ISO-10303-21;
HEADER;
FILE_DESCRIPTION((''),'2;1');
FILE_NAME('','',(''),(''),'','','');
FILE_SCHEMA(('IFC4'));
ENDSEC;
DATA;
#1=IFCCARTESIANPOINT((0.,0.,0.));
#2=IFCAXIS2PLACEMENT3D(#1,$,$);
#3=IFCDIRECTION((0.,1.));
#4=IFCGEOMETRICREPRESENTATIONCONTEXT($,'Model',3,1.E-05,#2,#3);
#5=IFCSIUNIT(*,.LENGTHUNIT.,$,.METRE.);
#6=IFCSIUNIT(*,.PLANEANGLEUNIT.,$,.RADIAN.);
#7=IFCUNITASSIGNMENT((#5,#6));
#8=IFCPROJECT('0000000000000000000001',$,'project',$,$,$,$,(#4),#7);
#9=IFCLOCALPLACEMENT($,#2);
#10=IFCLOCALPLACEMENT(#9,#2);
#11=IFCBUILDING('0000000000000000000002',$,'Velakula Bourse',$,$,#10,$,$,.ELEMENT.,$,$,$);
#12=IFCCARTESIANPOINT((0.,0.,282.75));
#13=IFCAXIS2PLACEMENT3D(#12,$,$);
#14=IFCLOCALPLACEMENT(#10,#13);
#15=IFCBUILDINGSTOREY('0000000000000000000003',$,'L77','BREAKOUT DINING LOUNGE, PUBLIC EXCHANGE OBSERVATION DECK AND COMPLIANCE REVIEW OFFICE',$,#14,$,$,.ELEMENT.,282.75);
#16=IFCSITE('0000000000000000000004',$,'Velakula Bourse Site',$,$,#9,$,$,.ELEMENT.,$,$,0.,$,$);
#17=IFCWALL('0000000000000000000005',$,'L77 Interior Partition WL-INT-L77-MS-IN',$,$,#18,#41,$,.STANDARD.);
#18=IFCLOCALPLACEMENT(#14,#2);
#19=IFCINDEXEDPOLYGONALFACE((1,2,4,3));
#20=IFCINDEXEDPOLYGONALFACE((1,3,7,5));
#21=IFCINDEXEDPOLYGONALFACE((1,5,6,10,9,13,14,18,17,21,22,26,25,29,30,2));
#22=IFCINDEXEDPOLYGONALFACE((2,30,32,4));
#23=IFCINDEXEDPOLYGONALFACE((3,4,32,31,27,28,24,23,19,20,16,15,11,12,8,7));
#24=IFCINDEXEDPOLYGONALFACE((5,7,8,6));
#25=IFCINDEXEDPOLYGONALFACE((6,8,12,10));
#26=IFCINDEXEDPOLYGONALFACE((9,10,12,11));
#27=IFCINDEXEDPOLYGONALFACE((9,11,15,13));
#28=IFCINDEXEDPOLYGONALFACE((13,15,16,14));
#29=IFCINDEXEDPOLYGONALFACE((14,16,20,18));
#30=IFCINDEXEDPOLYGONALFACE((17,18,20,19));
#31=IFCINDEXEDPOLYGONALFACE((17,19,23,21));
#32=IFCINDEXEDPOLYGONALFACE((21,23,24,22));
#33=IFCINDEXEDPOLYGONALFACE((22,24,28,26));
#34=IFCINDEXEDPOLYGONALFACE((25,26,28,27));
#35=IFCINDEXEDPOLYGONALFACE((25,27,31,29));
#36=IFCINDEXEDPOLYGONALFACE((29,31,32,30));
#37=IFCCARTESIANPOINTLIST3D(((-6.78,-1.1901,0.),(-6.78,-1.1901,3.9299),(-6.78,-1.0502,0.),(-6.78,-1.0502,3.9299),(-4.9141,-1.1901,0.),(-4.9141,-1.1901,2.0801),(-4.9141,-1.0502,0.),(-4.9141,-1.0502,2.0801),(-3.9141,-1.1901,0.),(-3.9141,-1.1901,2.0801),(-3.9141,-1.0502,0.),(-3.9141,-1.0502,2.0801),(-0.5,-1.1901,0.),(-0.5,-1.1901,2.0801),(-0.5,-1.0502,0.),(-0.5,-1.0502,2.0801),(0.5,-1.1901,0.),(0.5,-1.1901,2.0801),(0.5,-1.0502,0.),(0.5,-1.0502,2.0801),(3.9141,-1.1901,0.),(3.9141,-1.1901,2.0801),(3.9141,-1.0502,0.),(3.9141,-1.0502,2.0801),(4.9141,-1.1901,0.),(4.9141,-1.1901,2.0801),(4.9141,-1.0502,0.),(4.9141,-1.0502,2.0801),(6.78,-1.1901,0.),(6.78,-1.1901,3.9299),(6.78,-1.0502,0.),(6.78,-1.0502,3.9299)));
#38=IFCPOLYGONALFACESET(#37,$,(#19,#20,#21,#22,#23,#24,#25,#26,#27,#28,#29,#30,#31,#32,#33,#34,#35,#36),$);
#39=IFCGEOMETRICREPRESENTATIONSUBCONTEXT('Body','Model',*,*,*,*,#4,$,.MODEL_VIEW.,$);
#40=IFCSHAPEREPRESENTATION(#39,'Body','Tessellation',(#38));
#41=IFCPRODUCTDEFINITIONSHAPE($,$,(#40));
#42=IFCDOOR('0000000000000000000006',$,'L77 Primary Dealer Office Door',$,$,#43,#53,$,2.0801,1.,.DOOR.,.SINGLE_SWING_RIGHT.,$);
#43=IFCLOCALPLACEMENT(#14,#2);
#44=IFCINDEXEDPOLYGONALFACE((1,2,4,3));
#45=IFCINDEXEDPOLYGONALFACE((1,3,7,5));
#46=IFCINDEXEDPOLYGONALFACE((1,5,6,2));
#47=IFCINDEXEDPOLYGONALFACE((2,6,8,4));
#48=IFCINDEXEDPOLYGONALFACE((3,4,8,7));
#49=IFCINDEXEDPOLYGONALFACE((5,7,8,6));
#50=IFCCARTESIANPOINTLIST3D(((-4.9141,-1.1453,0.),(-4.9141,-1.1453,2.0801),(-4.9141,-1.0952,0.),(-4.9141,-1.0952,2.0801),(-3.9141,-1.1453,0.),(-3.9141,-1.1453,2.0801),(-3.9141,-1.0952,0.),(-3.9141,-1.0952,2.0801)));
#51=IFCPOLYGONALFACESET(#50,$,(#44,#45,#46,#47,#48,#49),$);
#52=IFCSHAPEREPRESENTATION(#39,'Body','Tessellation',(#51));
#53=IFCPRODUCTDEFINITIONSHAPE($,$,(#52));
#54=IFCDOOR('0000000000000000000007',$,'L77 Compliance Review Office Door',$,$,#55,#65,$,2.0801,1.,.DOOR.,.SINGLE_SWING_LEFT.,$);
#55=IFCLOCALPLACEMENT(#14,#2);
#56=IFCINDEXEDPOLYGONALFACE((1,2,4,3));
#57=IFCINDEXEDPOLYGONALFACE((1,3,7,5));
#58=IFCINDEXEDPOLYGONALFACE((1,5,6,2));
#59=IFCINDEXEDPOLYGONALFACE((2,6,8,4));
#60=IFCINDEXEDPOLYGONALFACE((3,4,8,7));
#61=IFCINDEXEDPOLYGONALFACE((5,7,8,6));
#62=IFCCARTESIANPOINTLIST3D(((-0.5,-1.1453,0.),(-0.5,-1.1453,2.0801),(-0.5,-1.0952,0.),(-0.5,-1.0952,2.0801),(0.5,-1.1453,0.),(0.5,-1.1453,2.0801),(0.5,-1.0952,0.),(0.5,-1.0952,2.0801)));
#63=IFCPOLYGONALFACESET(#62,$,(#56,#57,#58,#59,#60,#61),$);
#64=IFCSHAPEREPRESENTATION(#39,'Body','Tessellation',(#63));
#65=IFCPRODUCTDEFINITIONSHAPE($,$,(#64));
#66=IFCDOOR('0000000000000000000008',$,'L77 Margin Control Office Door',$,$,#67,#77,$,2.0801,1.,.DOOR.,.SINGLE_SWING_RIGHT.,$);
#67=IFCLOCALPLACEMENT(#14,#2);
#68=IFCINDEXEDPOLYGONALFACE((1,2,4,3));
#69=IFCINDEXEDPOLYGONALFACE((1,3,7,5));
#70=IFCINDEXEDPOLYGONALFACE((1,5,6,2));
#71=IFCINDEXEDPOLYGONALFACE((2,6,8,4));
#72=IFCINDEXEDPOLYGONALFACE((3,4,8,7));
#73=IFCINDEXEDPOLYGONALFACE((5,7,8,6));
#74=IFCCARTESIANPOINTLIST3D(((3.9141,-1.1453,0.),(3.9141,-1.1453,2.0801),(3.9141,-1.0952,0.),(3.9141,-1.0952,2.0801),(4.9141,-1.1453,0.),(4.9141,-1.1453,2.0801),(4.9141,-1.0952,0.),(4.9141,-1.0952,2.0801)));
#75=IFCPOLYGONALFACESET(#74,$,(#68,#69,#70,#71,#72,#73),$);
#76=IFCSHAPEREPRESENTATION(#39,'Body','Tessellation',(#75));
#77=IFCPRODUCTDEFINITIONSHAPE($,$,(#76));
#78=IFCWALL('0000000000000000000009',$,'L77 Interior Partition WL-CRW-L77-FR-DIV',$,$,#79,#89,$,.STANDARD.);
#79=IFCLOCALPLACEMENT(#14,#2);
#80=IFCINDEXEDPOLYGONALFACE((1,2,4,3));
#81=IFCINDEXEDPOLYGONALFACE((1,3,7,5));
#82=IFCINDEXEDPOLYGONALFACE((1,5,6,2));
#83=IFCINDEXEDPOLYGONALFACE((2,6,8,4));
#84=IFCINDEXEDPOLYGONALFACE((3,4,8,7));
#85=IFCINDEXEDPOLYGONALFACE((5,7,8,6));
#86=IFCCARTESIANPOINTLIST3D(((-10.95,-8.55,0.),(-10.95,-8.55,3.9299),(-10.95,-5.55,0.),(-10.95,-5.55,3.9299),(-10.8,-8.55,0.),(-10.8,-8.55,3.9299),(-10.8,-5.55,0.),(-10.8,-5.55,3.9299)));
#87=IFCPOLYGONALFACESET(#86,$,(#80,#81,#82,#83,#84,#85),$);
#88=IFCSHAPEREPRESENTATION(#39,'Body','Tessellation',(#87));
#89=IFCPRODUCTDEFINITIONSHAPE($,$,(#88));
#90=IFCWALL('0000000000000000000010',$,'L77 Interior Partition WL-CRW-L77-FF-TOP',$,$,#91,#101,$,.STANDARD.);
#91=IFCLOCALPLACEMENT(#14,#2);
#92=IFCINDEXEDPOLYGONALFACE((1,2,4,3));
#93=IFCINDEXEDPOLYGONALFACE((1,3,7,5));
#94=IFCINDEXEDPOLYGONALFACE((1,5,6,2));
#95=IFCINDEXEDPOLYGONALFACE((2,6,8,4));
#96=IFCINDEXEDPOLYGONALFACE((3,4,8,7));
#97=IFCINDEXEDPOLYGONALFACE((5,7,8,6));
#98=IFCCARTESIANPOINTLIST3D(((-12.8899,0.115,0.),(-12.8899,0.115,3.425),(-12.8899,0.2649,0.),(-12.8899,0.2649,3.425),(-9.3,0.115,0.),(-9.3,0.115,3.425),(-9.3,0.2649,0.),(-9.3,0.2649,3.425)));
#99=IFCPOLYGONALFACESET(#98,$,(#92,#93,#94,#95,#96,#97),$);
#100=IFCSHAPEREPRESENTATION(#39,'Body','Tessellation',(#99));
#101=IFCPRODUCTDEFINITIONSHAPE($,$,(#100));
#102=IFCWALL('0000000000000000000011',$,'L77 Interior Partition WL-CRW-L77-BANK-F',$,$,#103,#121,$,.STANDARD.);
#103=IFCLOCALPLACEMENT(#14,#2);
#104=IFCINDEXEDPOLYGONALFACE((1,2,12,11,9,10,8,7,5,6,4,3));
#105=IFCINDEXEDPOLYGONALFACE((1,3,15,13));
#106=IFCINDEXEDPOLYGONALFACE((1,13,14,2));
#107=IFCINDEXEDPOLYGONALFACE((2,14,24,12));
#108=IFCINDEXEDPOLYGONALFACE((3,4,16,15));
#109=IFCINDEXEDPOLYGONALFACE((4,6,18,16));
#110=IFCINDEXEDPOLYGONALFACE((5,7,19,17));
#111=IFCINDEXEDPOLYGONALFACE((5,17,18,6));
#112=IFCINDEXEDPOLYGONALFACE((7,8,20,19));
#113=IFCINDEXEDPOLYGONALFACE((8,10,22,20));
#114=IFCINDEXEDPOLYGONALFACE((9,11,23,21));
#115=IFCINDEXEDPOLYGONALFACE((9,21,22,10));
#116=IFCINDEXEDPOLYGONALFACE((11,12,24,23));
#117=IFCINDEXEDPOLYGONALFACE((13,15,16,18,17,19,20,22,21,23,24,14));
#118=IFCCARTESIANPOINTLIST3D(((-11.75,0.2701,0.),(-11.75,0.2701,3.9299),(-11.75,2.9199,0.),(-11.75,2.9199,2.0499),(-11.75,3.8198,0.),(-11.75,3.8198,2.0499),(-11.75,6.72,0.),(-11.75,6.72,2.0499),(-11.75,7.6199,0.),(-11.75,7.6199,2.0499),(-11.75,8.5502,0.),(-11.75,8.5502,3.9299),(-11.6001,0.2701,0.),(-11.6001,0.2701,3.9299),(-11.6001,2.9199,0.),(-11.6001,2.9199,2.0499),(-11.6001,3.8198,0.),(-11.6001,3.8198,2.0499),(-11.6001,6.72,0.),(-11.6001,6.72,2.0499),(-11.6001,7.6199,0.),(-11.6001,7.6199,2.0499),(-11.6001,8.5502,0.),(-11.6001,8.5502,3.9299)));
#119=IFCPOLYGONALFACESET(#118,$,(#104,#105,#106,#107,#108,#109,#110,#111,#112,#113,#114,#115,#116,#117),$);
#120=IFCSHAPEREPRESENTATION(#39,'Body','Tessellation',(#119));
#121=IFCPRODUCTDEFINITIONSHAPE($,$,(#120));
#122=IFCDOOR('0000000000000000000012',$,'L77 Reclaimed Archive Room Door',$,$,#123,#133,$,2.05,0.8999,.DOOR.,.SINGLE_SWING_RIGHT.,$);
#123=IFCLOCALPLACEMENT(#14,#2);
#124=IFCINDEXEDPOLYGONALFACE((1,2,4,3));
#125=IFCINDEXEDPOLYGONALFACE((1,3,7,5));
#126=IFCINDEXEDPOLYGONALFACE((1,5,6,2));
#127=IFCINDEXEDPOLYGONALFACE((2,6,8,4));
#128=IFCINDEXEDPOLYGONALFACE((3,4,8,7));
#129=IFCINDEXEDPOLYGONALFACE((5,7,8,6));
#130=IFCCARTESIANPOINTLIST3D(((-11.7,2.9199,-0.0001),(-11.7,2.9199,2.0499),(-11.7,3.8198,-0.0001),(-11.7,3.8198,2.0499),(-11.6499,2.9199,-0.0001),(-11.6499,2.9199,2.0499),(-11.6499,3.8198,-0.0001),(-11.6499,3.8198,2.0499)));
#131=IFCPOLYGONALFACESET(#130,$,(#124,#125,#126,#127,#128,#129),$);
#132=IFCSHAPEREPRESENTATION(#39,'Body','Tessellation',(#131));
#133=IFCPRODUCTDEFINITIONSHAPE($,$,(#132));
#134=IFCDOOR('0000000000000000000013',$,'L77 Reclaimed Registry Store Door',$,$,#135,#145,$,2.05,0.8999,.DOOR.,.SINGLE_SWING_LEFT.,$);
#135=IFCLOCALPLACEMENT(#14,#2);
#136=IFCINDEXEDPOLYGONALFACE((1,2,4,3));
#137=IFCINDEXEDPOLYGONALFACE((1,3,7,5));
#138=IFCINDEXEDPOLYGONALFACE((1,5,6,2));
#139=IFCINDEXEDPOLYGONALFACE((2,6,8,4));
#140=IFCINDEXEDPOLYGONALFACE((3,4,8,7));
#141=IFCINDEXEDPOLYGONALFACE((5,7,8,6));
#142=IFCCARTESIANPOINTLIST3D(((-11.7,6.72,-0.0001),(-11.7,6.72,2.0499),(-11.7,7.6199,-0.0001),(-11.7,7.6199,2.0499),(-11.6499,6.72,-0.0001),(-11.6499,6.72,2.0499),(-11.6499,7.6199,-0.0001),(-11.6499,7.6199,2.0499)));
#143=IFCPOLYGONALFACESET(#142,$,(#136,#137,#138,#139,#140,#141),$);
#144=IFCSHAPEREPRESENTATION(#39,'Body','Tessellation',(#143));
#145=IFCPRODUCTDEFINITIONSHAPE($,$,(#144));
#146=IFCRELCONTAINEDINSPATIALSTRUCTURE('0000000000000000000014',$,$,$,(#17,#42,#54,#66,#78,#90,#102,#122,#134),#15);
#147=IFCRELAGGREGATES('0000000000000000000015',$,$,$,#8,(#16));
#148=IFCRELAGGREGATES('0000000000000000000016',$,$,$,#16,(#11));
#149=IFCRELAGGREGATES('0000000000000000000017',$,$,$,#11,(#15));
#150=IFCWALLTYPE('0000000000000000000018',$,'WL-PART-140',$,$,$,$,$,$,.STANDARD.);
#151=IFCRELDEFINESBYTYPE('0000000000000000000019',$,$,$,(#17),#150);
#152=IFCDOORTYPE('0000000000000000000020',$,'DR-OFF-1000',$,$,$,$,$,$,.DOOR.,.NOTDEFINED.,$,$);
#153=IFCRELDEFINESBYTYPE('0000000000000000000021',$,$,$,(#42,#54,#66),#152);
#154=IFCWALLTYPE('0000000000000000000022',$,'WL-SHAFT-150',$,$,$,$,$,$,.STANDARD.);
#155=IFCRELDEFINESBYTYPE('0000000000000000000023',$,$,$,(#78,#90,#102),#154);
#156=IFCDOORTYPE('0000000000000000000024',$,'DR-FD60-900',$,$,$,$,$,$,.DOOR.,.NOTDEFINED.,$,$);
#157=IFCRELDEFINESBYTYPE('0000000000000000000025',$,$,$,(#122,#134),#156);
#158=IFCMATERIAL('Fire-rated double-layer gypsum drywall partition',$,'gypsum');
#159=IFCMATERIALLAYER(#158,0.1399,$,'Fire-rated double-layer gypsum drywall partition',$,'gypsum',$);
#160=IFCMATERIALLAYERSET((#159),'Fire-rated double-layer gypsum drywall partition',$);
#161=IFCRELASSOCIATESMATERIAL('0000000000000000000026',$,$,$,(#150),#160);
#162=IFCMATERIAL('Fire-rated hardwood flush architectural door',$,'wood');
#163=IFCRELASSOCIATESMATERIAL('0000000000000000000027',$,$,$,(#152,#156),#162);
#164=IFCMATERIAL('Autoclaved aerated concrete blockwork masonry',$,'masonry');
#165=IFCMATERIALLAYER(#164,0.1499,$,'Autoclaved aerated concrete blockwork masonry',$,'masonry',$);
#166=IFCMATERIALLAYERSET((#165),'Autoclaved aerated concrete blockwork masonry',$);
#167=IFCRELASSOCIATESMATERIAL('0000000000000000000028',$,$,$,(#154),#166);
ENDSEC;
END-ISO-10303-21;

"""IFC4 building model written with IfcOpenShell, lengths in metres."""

from ifc_helpers import new_model, si_unit, direction, frame, frame_2d, origin, place, context, subcontext, project, spatial, rectangle, extrude, material, layer, layer_set, type_object, element, fill, save


model = new_model("IFC4")

# Units and contexts
model_context = context("Model", 3, precision=1e-05, world=origin(), true_north=direction((0.0, 1.0)))
body_context = subcontext(model_context, "Body", "Model", "MODEL_VIEW")
ifc_project = project(units=[si_unit("LENGTHUNIT", "METRE"), si_unit("PLANEANGLEUNIT", "RADIAN")], contexts=[model_context])

# Site, building, storey
site_placement = place(None, origin())
site = spatial("IfcSite", under=ifc_project, at=site_placement, Name="Velakula Bourse Site", CompositionType="ELEMENT", RefElevation=0.0)
building_placement = place(site_placement, origin())
building = spatial("IfcBuilding", under=site, at=building_placement, Name="Velakula Bourse", CompositionType="ELEMENT")
storey_placement = place(building_placement, frame((0.0, 0.0, 282.75)))
storey = spatial("IfcBuildingStorey", under=building, at=storey_placement, Name="L77", Description="BREAKOUT DINING LOUNGE, PUBLIC EXCHANGE OBSERVATION DECK AND COMPLIANCE REVIEW OFFICE", CompositionType="ELEMENT", Elevation=282.75)

# Shared definitions
ifc_material_1 = material(Name="Fire-rated double-layer gypsum drywall partition", Category="gypsum")
ifc_layer_1 = layer(ifc_material_1, 0.1399, Name="Fire-rated double-layer gypsum drywall partition", Category="gypsum")
ifc_layer_set_1 = layer_set([ifc_layer_1], Name="Fire-rated double-layer gypsum drywall partition")
wall_type_1 = type_object("IfcWallType", Name="WL-PART-140", PredefinedType="STANDARD", material=ifc_layer_set_1)
ifc_material_2 = material(Name="Fire-rated hardwood flush architectural door", Category="wood")
door_type_1 = type_object("IfcDoorType", Name="DR-OFF-1000", OperationType="NOTDEFINED", PredefinedType="DOOR", material=ifc_material_2)

# Wall, openings, doors
wall_1_placement = place(storey_placement, frame((-6.78, -1.1201, 0.0), z_axis=(0.0, 0.0, 1.0), x_axis=(1.0, 0.0, 0.0)))
wall_1 = element("IfcWall", 1, at=wall_1_placement, inside=storey, type_object=wall_type_1, Name="L77 Interior Partition WL-INT-L77-MS-IN", PredefinedType="STANDARD", context=body_context, shape_type="SweptSolid", body=[
    extrude(rectangle(XDim=13.5601, YDim=0.1399, at=frame_2d((6.78, 0.0))), origin(), (0.0, 0.0, 1.0), 3.9299),
])
opening_1_placement = place(wall_1_placement, frame((1.866, 0.0, 0.0)))
opening_1 = element("IfcOpeningElement", 2, at=opening_1_placement, cuts=wall_1, PredefinedType="OPENING", context=body_context, shape_type="SweptSolid", body=[
    extrude(rectangle(XDim=1.0, YDim=2.0801, at=frame_2d((0.5, 1.04))), frame((0.0, 0.0798, 0.0), z_axis=(0.0, -1.0, 0.0), x_axis=(1.0, 0.0, 0.0)), (0.0, 0.0, 1.0), 0.1599),
])
opening_2_placement = place(wall_1_placement, frame((6.28, 0.0, 0.0)))
opening_2 = element("IfcOpeningElement", 3, at=opening_2_placement, cuts=wall_1, PredefinedType="OPENING", context=body_context, shape_type="SweptSolid", body=[
    extrude(rectangle(XDim=1.0, YDim=2.0801, at=frame_2d((0.5, 1.04))), frame((0.0, 0.0798, 0.0), z_axis=(0.0, -1.0, 0.0), x_axis=(1.0, 0.0, 0.0)), (0.0, 0.0, 1.0), 0.1599),
])
opening_3_placement = place(wall_1_placement, frame((10.6941, 0.0, 0.0)))
opening_3 = element("IfcOpeningElement", 4, at=opening_3_placement, cuts=wall_1, PredefinedType="OPENING", context=body_context, shape_type="SweptSolid", body=[
    extrude(rectangle(XDim=1.0, YDim=2.0801, at=frame_2d((0.5, 1.04))), frame((0.0, 0.0798, 0.0), z_axis=(0.0, -1.0, 0.0), x_axis=(1.0, 0.0, 0.0)), (0.0, 0.0, 1.0), 0.1599),
])
door_1_placement = place(opening_1_placement, origin())
door_1 = element("IfcDoor", 5, at=door_1_placement, inside=storey, type_object=door_type_1, Name="L77 Primary Dealer Office Door", OperationType="SINGLE_SWING_RIGHT", OverallHeight=2.0801, OverallWidth=1.0, PredefinedType="DOOR", context=body_context, shape_type="SweptSolid", body=[
    extrude(rectangle(XDim=1.0, YDim=2.0801, at=frame_2d((0.5, 1.04))), frame((0.0, 0.0249, 0.0), z_axis=(0.0, -1.0, 0.0), x_axis=(1.0, 0.0, 0.0)), (0.0, 0.0, 1.0), 0.05),
])
fill(opening_1, door_1)
door_2_placement = place(opening_2_placement, origin())
door_2 = element("IfcDoor", 6, at=door_2_placement, inside=storey, type_object=door_type_1, Name="L77 Compliance Review Office Door", OperationType="SINGLE_SWING_LEFT", OverallHeight=2.0801, OverallWidth=1.0, PredefinedType="DOOR", context=body_context, shape_type="SweptSolid", body=[
    extrude(rectangle(XDim=1.0, YDim=2.0801, at=frame_2d((0.5, 1.04))), frame((0.0, 0.0249, 0.0), z_axis=(0.0, -1.0, 0.0), x_axis=(1.0, 0.0, 0.0)), (0.0, 0.0, 1.0), 0.05),
])
fill(opening_2, door_2)
door_3_placement = place(opening_3_placement, origin())
door_3 = element("IfcDoor", 7, at=door_3_placement, inside=storey, type_object=door_type_1, Name="L77 Margin Control Office Door", OperationType="SINGLE_SWING_RIGHT", OverallHeight=2.0801, OverallWidth=1.0, PredefinedType="DOOR", context=body_context, shape_type="SweptSolid", body=[
    extrude(rectangle(XDim=1.0, YDim=2.0801, at=frame_2d((0.5, 1.04))), frame((0.0, 0.0249, 0.0), z_axis=(0.0, -1.0, 0.0), x_axis=(1.0, 0.0, 0.0)), (0.0, 0.0, 1.0), 0.05),
])
fill(opening_3, door_3)
ifc_material_3 = material(Name="Autoclaved aerated concrete blockwork masonry", Category="masonry")
ifc_layer_2 = layer(ifc_material_3, 0.1499, Name="Autoclaved aerated concrete blockwork masonry", Category="masonry")
ifc_layer_set_2 = layer_set([ifc_layer_2], Name="Autoclaved aerated concrete blockwork masonry")
wall_type_2 = type_object("IfcWallType", Name="WL-SHAFT-150", PredefinedType="STANDARD", material=ifc_layer_set_2)

# Walls
wall_2_placement = place(storey_placement, frame((-10.875, -8.55, 0.0), z_axis=(0.0, 0.0, 1.0), x_axis=(0.0, 1.0, 0.0)))
element("IfcWall", 8, at=wall_2_placement, inside=storey, type_object=wall_type_2, Name="L77 Interior Partition WL-CRW-L77-FR-DIV", PredefinedType="STANDARD", context=body_context, shape_type="SweptSolid", body=[
    extrude(rectangle(XDim=3.0, YDim=0.1499, at=frame_2d((1.5, 0.0))), origin(), (0.0, 0.0, 1.0), 3.9299),
])
wall_3_placement = place(storey_placement, frame((-12.8899, 0.1899, 0.0), z_axis=(0.0, 0.0, 1.0), x_axis=(1.0, 0.0, 0.0)))
element("IfcWall", 9, at=wall_3_placement, inside=storey, type_object=wall_type_2, Name="L77 Interior Partition WL-CRW-L77-FF-TOP", PredefinedType="STANDARD", context=body_context, shape_type="SweptSolid", body=[
    extrude(rectangle(XDim=3.5898, YDim=0.1499, at=frame_2d((1.7949, 0.0))), origin(), (0.0, 0.0, 1.0), 3.425),
])

# Wall, openings, doors
wall_4_placement = place(storey_placement, frame((-11.675, 0.27, 0.0), z_axis=(0.0, 0.0, 1.0), x_axis=(0.0, 1.0, 0.0)))
wall_4 = element("IfcWall", 10, at=wall_4_placement, inside=storey, type_object=wall_type_2, Name="L77 Interior Partition WL-CRW-L77-BANK-F", PredefinedType="STANDARD", context=body_context, shape_type="SweptSolid", body=[
    extrude(rectangle(XDim=8.28, YDim=0.1499, at=frame_2d((4.1401, 0.0))), origin(), (0.0, 0.0, 1.0), 3.9299),
])
opening_4_placement = place(wall_4_placement, frame((2.6499, 0.0, 0.0)))
opening_4 = element("IfcOpeningElement", 11, at=opening_4_placement, cuts=wall_4, PredefinedType="OPENING", context=body_context, shape_type="SweptSolid", body=[
    extrude(rectangle(XDim=0.8999, YDim=2.05, at=frame_2d((0.45, 1.0249))), frame((0.0, 0.085, 0.0), z_axis=(0.0, -1.0, 0.0), x_axis=(1.0, 0.0, 0.0)), (0.0, 0.0, 1.0), 0.1699),
])
opening_5_placement = place(wall_4_placement, frame((6.45, 0.0, 0.0)))
opening_5 = element("IfcOpeningElement", 12, at=opening_5_placement, cuts=wall_4, PredefinedType="OPENING", context=body_context, shape_type="SweptSolid", body=[
    extrude(rectangle(XDim=0.8999, YDim=2.05, at=frame_2d((0.45, 1.0249))), frame((0.0, 0.085, 0.0), z_axis=(0.0, -1.0, 0.0), x_axis=(1.0, 0.0, 0.0)), (0.0, 0.0, 1.0), 0.1699),
])
door_type_2 = type_object("IfcDoorType", Name="DR-FD60-900", OperationType="NOTDEFINED", PredefinedType="DOOR", material=ifc_material_2)
door_4_placement = place(opening_4_placement, origin())
door_4 = element("IfcDoor", 13, at=door_4_placement, inside=storey, type_object=door_type_2, Name="L77 Reclaimed Archive Room Door", OperationType="SINGLE_SWING_RIGHT", OverallHeight=2.05, OverallWidth=0.8999, PredefinedType="DOOR", context=body_context, shape_type="SweptSolid", body=[
    extrude(rectangle(XDim=0.8999, YDim=2.05, at=frame_2d((0.45, 1.0249))), frame((0.0, 0.0249, 0.0), z_axis=(0.0, -1.0, 0.0), x_axis=(1.0, 0.0, 0.0)), (0.0, 0.0, 1.0), 0.05),
])
fill(opening_4, door_4)
door_5_placement = place(opening_5_placement, origin())
door_5 = element("IfcDoor", 14, at=door_5_placement, inside=storey, type_object=door_type_2, Name="L77 Reclaimed Registry Store Door", OperationType="SINGLE_SWING_LEFT", OverallHeight=2.05, OverallWidth=0.8999, PredefinedType="DOOR", context=body_context, shape_type="SweptSolid", body=[
    extrude(rectangle(XDim=0.8999, YDim=2.05, at=frame_2d((0.45, 1.0249))), frame((0.0, 0.0249, 0.0), z_axis=(0.0, -1.0, 0.0), x_axis=(1.0, 0.0, 0.0)), (0.0, 0.0, 1.0), 0.05),
])
fill(opening_5, door_5)

save(model, "model.ifc")
